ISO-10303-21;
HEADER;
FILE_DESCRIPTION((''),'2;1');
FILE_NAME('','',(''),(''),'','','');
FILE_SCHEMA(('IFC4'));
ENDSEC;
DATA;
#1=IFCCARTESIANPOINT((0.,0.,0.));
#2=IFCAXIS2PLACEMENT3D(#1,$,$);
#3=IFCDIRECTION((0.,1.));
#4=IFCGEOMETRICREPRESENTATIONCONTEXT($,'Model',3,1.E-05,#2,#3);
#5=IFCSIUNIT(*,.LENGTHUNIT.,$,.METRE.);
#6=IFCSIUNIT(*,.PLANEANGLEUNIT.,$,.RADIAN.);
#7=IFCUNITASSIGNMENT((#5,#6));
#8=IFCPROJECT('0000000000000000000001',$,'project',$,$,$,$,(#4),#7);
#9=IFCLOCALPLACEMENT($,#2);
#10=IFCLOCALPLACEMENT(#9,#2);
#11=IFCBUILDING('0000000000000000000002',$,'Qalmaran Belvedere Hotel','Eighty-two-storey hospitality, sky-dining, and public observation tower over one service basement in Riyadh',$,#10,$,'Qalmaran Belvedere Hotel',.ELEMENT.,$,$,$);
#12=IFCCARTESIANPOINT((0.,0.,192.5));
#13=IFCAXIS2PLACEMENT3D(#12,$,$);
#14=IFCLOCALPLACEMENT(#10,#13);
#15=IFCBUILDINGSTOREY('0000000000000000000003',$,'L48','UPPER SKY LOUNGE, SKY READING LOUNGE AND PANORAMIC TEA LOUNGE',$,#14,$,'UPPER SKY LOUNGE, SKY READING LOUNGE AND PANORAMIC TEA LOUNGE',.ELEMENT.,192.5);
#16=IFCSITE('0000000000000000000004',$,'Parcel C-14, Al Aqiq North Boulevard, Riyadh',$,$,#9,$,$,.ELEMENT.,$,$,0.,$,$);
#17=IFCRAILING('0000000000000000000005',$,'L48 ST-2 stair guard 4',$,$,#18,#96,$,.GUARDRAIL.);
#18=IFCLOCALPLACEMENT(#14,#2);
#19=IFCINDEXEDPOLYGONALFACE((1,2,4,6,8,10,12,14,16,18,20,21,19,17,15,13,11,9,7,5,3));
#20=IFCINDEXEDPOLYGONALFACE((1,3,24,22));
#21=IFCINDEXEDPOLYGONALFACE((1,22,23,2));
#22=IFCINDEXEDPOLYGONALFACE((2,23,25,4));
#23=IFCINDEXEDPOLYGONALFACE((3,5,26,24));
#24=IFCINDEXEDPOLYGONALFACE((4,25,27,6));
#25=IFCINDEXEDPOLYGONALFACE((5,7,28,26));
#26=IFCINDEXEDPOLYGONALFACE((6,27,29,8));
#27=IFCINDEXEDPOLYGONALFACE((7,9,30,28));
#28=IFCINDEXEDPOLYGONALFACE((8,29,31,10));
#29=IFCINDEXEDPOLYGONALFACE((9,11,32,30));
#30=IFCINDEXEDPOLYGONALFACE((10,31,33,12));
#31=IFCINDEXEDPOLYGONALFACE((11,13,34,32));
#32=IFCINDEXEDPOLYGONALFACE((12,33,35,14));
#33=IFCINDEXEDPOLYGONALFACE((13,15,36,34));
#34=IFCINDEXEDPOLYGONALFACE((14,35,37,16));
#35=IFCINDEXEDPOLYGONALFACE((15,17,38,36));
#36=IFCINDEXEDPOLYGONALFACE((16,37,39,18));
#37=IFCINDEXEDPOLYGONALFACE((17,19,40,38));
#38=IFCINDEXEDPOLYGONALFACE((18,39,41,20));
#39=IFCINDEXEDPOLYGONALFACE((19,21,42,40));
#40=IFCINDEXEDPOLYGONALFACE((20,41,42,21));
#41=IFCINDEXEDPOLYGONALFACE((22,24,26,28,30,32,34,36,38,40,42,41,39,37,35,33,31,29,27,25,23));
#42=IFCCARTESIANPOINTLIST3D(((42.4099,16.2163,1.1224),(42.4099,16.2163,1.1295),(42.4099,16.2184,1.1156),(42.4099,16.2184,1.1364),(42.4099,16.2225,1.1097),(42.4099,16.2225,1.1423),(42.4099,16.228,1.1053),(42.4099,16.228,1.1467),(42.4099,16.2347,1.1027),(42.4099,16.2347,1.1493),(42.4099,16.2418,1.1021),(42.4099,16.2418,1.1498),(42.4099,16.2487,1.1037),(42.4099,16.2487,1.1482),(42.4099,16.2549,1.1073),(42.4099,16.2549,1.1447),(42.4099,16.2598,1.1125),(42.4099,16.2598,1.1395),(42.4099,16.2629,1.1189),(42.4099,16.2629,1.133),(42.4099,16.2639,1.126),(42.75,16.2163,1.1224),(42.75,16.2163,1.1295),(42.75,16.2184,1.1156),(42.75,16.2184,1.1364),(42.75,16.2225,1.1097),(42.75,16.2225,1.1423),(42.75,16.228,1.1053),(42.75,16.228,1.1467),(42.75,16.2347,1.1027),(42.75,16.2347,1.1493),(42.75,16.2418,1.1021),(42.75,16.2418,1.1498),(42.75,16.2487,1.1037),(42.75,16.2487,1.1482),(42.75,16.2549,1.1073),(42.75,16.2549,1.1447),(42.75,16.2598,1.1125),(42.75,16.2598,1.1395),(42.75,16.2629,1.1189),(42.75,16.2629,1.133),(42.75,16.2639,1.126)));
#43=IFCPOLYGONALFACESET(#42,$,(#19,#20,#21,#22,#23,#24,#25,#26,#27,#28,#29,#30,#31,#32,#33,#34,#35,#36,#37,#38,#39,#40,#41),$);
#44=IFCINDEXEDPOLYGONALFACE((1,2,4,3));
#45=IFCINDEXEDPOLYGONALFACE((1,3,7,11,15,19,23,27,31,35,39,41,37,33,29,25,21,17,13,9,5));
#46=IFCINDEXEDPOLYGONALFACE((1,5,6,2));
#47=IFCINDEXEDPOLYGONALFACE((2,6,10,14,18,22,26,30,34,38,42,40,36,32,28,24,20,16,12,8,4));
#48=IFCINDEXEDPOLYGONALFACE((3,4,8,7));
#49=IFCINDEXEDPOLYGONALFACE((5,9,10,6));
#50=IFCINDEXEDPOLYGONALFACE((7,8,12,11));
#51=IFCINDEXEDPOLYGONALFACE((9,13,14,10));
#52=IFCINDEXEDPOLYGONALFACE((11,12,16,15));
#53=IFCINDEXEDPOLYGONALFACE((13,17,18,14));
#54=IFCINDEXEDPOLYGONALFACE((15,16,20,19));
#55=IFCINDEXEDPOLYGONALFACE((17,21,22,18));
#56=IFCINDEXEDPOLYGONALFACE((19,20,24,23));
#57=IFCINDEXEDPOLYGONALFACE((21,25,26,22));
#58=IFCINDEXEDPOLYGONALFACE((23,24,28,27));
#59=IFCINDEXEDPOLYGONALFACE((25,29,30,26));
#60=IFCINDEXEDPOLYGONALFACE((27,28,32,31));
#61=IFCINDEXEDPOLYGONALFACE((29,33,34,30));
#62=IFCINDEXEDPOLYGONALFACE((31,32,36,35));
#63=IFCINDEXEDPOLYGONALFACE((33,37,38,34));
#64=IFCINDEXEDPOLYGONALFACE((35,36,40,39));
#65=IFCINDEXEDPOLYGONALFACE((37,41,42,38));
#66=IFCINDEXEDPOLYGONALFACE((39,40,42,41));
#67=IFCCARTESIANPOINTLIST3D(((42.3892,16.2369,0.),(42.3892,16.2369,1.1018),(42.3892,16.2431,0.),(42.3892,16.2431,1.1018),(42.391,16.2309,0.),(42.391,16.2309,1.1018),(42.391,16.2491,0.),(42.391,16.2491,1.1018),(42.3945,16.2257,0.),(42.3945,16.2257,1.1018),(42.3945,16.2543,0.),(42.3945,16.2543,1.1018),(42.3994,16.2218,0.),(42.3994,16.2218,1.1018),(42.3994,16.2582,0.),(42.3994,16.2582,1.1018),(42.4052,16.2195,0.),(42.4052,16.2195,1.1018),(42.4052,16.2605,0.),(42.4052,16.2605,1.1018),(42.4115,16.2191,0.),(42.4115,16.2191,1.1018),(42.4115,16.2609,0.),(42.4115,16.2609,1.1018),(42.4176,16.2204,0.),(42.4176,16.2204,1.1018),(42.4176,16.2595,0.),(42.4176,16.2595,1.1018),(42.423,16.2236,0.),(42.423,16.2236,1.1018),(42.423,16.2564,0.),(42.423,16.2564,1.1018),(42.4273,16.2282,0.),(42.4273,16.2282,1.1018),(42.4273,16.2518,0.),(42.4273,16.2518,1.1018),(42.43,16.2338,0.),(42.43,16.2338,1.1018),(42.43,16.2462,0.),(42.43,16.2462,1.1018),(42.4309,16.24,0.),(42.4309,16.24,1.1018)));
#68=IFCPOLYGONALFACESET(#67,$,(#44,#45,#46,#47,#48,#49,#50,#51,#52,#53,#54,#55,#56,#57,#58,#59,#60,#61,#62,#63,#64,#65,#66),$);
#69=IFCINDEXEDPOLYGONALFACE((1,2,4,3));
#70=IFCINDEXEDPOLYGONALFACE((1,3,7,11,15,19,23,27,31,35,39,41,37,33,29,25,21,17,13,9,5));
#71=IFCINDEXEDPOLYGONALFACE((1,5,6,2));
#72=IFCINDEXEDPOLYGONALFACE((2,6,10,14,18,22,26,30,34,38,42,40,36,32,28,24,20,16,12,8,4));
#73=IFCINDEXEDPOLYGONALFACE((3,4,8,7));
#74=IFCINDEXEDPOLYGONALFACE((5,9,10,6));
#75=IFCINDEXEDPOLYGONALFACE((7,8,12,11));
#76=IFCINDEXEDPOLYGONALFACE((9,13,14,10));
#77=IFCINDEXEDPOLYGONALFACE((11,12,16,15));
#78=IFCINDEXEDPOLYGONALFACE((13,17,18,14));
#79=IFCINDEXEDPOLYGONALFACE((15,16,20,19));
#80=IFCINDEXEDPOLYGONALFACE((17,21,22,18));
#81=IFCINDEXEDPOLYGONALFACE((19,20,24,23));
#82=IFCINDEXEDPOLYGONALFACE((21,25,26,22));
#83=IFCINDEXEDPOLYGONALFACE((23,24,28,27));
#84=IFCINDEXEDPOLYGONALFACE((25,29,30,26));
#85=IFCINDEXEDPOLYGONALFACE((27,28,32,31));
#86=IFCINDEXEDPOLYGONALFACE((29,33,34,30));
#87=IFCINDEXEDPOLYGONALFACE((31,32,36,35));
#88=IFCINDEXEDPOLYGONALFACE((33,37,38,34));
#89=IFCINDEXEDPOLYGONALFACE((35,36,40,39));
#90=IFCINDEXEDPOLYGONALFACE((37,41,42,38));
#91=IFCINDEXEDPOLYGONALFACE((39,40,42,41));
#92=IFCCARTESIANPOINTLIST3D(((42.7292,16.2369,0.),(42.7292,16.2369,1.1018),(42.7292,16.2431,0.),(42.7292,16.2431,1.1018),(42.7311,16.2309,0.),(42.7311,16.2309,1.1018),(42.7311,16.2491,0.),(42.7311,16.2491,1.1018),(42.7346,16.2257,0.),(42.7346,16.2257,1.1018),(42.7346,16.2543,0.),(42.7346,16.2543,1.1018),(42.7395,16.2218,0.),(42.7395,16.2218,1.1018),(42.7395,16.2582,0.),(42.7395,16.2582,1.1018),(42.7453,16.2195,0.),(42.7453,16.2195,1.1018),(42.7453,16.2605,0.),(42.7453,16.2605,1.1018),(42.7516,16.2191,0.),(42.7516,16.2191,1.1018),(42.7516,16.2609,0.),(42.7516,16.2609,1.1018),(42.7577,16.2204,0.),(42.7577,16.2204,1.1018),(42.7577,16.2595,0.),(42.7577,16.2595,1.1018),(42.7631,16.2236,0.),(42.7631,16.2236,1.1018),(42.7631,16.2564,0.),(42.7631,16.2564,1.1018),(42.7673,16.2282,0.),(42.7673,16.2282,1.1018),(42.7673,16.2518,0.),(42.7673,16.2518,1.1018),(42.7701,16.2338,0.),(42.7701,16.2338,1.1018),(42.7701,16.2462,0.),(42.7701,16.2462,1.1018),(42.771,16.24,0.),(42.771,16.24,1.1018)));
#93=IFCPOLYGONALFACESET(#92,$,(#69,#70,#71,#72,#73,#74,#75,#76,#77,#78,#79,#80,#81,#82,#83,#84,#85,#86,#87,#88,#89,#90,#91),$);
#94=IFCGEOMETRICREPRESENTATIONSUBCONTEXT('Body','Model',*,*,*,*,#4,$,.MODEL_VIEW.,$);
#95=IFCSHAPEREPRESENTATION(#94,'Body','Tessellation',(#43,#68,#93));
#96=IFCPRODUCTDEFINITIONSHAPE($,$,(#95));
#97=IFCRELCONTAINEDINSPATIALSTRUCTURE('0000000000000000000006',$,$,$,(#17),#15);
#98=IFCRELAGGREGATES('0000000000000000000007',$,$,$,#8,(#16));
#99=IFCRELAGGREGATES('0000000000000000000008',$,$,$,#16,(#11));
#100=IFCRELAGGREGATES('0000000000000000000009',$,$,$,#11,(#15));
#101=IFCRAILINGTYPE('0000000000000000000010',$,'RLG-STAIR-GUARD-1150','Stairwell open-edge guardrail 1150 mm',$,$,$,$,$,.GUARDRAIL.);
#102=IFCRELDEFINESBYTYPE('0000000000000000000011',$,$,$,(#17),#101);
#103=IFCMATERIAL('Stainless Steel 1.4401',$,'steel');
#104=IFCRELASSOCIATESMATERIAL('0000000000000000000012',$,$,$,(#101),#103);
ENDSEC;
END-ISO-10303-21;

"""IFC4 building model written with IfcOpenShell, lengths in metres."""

from ifc_helpers import new_model, si_unit, direction, frame, origin, origin_2d, place, context, subcontext, project, spatial, circle, extrude, material, type_object, element, save


model = new_model("IFC4")

# Units and contexts
model_context = context("Model", 3, precision=1e-05, world=origin(), true_north=direction((0.0, 1.0)))
body_context = subcontext(model_context, "Body", "Model", "MODEL_VIEW")
ifc_project = project(units=[si_unit("LENGTHUNIT", "METRE"), si_unit("PLANEANGLEUNIT", "RADIAN")], contexts=[model_context])

# Site, building, storey
site_placement = place(None, origin())
site = spatial("IfcSite", under=ifc_project, at=site_placement, Name="Parcel C-14, Al Aqiq North Boulevard, Riyadh", CompositionType="ELEMENT", RefElevation=0.0)
building_placement = place(site_placement, origin())
building = spatial("IfcBuilding", under=site, at=building_placement, Name="Qalmaran Belvedere Hotel", Description="Eighty-two-storey hospitality, sky-dining, and public observation tower over one service basement in Riyadh", LongName="Qalmaran Belvedere Hotel", CompositionType="ELEMENT")
storey_placement = place(building_placement, frame((0.0, 0.0, 192.5)))
storey = spatial("IfcBuildingStorey", under=building, at=storey_placement, Name="L48", Description="UPPER SKY LOUNGE, SKY READING LOUNGE AND PANORAMIC TEA LOUNGE", LongName="UPPER SKY LOUNGE, SKY READING LOUNGE AND PANORAMIC TEA LOUNGE", CompositionType="ELEMENT", Elevation=192.5)

# Railing
ifc_material_1 = material(Name="Stainless Steel 1.4401", Category="steel")
railing_type_1 = type_object("IfcRailingType", Name="RLG-STAIR-GUARD-1150", Description="Stairwell open-edge guardrail 1150 mm", PredefinedType="GUARDRAIL", material=ifc_material_1)
railing_1_placement = place(storey_placement, frame((42.4099, 16.24, 0.0)))
element("IfcRailing", 1, at=railing_1_placement, inside=storey, type_object=railing_type_1, Name="L48 ST-2 stair guard 4", PredefinedType="GUARDRAIL", context=body_context, shape_type="SweptSolid", body=[
    extrude(circle(Radius=0.0239, at=origin_2d()), frame((0.0, 0.0, 1.126), z_axis=(1.0, 0.0, 0.0), x_axis=(0.0, 1.0, 0.0)), (0.0, 0.0, 1.0), 0.3401),
    extrude(circle(Radius=0.021, at=origin_2d()), origin(), (0.0, 0.0, 1.0), 1.1018),
    extrude(circle(Radius=0.021, at=origin_2d()), frame((0.3401, 0.0, 0.0)), (0.0, 0.0, 1.0), 1.1018),
])

save(model, "model.ifc")
